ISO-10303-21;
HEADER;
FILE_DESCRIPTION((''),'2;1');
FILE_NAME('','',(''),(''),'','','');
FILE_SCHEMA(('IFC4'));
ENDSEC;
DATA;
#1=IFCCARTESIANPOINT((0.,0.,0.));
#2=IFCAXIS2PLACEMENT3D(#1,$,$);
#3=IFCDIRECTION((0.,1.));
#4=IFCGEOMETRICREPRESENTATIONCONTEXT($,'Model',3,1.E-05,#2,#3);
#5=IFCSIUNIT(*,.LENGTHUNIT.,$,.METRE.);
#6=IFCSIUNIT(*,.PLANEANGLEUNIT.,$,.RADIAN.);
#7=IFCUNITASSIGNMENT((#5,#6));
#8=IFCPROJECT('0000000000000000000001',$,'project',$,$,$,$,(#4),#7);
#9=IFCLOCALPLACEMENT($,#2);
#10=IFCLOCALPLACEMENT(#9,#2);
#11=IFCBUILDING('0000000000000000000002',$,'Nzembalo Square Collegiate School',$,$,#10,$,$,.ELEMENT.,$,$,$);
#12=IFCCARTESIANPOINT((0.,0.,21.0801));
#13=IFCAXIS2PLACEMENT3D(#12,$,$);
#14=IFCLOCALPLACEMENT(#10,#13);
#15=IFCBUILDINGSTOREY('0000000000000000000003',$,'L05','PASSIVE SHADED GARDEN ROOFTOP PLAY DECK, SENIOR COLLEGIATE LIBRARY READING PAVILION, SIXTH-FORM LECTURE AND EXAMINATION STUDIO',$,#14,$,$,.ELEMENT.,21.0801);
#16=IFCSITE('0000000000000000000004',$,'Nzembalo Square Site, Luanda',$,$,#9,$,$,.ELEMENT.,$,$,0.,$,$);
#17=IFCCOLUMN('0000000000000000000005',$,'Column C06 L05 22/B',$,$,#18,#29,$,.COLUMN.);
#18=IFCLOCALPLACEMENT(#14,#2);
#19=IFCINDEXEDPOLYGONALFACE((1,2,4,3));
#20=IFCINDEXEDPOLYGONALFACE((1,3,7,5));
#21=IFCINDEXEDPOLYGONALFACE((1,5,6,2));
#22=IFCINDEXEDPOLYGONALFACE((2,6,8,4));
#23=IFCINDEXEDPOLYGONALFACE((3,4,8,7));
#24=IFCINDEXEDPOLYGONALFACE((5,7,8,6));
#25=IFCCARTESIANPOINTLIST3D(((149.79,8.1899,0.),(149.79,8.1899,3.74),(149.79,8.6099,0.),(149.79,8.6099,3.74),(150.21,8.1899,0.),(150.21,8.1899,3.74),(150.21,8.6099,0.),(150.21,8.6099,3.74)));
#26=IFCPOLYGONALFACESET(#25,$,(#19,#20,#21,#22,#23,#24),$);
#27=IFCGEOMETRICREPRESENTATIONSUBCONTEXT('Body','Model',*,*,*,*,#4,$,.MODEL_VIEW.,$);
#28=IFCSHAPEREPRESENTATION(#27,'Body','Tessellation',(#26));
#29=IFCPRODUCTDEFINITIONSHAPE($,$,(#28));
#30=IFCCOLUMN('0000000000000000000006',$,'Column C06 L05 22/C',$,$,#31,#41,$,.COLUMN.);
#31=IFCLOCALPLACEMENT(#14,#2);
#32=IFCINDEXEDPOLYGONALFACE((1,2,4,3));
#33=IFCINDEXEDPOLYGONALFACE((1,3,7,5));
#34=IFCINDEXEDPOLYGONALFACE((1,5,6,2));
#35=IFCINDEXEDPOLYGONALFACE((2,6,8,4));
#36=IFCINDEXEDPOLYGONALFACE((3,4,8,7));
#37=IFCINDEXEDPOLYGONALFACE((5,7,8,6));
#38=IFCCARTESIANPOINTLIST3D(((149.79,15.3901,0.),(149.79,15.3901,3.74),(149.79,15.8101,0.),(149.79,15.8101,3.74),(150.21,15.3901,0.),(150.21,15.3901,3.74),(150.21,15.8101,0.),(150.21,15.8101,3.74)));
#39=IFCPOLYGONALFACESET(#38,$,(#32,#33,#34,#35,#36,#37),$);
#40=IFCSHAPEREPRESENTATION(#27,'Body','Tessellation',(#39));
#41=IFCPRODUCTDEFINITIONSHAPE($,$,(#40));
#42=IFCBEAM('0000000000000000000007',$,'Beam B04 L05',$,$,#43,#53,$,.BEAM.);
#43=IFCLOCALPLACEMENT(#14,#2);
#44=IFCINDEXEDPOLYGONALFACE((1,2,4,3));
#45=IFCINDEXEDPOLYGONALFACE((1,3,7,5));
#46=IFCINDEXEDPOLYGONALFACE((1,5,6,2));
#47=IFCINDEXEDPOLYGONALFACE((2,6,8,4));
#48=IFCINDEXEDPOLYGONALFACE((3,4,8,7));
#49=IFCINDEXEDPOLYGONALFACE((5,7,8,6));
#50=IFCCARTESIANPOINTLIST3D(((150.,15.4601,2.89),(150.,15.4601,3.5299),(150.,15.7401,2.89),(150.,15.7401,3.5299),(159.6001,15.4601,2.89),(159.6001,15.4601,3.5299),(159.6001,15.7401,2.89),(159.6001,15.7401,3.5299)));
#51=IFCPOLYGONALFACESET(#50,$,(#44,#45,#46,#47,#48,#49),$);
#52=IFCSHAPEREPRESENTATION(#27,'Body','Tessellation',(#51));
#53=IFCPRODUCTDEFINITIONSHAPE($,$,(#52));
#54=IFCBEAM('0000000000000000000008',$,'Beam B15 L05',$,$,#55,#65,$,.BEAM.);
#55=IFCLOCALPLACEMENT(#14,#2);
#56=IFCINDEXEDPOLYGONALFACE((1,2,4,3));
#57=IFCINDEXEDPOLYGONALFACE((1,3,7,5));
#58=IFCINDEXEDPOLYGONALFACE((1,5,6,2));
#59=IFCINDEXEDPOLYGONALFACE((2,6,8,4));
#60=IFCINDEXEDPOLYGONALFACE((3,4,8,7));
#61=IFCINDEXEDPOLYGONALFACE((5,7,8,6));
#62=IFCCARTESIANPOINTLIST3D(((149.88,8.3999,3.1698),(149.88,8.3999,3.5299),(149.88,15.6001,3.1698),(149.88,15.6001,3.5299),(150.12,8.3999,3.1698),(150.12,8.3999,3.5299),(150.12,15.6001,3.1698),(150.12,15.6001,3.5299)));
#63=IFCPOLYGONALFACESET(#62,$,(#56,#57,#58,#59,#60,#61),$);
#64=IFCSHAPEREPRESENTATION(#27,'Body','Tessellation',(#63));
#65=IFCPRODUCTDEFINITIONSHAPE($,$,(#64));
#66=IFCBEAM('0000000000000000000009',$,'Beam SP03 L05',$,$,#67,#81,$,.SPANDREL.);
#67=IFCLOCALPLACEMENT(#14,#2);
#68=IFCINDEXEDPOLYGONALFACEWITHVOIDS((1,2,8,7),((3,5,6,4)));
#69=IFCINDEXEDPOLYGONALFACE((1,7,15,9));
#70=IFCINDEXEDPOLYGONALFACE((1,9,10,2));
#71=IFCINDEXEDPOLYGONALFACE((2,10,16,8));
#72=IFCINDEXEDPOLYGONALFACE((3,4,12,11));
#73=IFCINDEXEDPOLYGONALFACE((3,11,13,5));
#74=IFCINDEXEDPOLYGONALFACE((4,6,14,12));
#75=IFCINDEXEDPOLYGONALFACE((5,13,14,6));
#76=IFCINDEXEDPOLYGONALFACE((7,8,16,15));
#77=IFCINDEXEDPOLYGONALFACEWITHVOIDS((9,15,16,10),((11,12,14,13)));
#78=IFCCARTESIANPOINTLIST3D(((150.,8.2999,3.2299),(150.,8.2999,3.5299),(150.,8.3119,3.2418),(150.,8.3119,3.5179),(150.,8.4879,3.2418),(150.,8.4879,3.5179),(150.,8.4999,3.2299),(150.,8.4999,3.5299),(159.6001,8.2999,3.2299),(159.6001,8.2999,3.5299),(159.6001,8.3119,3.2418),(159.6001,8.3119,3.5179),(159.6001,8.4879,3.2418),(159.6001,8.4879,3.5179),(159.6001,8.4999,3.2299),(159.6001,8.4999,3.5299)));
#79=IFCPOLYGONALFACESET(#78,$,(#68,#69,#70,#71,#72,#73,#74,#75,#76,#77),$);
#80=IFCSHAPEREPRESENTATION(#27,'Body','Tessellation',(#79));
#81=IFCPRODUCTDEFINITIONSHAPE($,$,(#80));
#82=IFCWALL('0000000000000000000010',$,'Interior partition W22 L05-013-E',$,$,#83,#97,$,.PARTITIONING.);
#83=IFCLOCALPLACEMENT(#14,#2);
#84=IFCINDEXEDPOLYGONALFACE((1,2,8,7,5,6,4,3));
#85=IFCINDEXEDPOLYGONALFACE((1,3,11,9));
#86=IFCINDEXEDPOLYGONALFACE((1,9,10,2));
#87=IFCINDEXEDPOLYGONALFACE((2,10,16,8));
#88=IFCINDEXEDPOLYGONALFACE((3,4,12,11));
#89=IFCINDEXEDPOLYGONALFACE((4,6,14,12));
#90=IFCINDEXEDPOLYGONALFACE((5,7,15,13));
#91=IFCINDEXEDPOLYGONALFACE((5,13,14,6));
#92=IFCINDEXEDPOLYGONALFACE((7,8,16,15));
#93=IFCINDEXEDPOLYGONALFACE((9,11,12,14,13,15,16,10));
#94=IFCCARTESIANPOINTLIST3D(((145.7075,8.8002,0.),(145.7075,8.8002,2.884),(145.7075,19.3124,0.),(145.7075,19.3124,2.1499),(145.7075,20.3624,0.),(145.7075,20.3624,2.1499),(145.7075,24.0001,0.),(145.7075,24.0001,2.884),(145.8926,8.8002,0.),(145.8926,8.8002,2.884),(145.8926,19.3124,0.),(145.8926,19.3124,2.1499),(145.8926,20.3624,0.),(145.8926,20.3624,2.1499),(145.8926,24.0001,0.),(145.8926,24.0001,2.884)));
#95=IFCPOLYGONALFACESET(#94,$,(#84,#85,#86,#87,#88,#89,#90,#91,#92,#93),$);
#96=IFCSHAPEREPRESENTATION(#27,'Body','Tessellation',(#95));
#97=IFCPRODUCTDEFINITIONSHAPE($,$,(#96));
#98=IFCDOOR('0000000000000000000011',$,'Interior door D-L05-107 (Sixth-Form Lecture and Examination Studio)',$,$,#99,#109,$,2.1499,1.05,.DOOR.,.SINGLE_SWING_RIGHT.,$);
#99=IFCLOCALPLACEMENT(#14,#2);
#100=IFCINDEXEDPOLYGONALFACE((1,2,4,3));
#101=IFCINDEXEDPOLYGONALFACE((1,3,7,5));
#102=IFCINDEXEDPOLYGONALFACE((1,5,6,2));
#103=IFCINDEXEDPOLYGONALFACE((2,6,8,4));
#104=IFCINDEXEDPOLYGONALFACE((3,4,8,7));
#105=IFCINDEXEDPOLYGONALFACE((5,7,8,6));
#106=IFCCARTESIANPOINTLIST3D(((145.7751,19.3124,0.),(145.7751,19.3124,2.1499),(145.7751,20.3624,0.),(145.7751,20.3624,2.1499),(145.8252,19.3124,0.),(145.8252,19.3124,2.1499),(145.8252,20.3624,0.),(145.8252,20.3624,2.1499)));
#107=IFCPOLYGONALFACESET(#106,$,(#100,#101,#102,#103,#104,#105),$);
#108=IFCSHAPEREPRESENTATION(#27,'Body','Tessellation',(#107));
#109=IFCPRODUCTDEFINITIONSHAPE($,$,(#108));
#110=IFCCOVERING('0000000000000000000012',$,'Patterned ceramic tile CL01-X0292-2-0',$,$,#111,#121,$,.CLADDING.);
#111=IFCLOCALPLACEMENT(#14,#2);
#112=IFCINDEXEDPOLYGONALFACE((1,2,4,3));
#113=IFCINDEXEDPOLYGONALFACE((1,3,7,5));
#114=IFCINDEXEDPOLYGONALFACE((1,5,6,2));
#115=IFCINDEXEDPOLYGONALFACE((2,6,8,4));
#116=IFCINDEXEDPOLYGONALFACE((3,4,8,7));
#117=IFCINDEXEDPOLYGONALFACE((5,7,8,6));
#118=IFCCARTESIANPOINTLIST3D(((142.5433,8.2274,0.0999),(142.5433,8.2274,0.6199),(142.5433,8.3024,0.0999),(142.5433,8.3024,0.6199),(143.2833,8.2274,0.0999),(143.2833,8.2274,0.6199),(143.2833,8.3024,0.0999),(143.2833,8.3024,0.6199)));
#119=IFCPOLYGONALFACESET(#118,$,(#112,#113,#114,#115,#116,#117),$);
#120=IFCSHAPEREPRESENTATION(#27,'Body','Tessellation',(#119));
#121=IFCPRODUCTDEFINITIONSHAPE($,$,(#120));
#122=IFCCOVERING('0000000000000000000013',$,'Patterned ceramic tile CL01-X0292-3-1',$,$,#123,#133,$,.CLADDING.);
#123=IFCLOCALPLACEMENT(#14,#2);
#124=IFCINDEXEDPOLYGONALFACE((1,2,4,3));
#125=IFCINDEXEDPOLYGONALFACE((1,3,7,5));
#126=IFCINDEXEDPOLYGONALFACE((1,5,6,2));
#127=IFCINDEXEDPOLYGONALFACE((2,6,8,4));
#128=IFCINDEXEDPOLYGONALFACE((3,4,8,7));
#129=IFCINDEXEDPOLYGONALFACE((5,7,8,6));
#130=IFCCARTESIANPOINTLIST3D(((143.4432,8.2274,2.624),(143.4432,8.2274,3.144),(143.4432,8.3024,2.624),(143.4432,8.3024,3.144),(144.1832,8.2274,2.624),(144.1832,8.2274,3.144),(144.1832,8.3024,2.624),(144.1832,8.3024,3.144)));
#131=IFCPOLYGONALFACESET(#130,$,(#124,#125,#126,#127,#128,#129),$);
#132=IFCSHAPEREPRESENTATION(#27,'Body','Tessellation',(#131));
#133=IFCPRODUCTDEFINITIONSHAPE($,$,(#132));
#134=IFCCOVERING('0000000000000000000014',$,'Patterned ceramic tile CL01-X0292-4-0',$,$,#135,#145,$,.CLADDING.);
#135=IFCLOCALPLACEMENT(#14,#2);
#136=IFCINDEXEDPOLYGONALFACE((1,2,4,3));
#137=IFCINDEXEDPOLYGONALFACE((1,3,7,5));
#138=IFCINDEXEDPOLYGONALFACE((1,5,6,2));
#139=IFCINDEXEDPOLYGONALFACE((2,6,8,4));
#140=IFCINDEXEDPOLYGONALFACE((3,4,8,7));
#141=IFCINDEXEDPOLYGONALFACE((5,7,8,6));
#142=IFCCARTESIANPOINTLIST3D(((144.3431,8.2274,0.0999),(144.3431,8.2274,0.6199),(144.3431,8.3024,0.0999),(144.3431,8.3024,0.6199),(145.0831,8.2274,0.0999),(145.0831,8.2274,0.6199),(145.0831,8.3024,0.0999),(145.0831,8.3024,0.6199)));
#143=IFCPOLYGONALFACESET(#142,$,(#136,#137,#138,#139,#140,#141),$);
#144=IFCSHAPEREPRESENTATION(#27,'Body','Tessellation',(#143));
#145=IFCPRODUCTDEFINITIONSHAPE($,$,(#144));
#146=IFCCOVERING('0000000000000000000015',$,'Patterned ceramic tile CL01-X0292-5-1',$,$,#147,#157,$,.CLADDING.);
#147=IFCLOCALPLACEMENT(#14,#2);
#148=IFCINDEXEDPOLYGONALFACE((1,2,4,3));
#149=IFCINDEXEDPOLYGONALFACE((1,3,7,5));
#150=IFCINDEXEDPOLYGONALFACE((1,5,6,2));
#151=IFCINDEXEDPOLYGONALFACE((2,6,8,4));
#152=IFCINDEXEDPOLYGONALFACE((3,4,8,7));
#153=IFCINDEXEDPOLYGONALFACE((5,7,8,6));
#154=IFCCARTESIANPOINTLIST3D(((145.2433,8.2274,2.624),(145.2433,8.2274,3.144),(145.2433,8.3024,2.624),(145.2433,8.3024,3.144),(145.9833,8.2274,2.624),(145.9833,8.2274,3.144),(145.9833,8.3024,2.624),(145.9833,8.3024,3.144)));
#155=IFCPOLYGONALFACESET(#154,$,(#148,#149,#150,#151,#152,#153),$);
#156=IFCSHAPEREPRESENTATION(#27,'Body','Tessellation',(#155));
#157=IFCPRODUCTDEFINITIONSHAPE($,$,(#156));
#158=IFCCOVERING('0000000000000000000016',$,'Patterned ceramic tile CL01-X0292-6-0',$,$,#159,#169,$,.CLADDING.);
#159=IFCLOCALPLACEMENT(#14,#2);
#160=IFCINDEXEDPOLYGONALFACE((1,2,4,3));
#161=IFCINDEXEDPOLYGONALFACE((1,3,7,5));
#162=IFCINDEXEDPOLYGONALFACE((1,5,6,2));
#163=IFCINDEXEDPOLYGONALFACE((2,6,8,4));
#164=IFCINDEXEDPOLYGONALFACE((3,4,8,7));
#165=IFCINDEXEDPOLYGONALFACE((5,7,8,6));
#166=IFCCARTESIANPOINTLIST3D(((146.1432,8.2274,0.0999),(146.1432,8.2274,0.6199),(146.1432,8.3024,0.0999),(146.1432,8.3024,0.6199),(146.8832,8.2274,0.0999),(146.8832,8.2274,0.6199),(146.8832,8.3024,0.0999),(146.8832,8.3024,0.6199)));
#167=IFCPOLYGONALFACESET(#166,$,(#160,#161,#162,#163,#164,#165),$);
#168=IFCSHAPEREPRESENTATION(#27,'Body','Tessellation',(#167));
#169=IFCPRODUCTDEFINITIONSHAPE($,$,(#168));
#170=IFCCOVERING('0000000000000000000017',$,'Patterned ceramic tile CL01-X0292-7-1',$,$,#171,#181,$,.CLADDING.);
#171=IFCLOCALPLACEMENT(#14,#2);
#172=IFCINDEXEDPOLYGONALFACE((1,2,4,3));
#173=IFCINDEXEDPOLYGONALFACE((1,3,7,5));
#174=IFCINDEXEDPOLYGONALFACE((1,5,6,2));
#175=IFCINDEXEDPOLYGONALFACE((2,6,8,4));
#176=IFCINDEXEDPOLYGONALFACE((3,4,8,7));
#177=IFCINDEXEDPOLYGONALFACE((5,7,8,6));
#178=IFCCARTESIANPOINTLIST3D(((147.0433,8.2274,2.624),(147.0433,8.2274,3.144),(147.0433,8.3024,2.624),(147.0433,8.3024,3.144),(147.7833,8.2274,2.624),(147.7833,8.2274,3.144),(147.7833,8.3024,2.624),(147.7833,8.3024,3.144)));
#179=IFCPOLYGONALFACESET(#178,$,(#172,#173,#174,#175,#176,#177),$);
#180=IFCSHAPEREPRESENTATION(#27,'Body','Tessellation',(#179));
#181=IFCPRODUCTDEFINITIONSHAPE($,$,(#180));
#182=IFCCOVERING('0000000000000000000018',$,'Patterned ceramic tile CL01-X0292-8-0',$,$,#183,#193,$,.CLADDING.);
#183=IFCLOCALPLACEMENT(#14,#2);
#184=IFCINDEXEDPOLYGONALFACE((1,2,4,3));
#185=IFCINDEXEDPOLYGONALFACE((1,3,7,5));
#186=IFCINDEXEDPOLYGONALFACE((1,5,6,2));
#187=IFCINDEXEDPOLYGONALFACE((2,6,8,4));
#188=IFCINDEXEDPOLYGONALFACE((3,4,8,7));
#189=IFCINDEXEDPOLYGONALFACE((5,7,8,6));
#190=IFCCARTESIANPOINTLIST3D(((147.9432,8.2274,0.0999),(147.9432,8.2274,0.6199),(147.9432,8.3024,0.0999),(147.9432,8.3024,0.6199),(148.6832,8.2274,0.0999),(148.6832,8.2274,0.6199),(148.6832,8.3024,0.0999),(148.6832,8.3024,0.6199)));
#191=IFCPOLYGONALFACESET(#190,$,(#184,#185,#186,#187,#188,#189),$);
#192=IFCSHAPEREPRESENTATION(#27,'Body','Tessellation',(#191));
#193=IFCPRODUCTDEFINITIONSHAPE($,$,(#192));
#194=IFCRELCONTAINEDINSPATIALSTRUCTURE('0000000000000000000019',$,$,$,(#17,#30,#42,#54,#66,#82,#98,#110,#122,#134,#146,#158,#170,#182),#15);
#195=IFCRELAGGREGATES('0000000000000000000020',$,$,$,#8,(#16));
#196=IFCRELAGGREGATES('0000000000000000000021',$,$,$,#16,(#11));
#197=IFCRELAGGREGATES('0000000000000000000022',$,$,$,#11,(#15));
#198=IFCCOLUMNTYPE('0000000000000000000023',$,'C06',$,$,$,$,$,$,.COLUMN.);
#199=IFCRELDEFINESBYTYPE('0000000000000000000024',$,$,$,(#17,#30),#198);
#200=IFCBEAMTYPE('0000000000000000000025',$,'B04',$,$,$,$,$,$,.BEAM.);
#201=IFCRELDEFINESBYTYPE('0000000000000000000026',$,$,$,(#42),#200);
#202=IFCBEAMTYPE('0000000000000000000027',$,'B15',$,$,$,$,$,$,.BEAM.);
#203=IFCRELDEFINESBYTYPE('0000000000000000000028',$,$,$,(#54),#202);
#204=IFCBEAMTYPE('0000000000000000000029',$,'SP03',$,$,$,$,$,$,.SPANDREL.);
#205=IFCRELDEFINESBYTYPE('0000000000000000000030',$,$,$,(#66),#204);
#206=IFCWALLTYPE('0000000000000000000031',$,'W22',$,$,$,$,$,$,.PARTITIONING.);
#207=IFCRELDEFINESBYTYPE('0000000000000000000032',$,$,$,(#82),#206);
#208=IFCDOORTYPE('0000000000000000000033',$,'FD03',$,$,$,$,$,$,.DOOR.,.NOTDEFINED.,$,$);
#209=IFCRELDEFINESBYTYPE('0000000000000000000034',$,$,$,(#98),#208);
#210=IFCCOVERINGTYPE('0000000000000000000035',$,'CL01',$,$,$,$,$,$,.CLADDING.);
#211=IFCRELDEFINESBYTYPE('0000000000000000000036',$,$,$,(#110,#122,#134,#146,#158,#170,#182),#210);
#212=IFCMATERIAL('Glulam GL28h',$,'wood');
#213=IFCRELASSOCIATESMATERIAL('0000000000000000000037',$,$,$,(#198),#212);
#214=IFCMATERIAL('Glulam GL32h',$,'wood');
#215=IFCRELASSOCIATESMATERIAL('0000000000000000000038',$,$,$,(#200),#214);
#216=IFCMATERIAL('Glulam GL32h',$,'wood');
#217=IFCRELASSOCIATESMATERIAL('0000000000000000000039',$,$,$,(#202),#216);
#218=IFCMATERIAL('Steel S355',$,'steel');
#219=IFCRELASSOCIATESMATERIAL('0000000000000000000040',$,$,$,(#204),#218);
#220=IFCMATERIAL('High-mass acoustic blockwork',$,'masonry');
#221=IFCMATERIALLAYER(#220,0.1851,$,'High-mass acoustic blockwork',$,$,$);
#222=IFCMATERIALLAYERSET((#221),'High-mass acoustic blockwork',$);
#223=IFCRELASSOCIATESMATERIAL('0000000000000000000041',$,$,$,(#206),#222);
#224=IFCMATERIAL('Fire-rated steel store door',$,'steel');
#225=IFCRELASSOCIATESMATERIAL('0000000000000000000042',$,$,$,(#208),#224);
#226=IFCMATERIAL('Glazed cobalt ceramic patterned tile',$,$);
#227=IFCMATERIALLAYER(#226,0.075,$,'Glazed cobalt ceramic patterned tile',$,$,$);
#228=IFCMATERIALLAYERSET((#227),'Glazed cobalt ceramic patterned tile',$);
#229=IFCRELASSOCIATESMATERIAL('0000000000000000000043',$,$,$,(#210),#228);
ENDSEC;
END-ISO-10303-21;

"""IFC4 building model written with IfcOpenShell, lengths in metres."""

from ifc_helpers import new_model, si_unit, direction, frame, frame_2d, origin, origin_2d, place, context, subcontext, project, spatial, rectangle, hollow_rectangle, extrude, material, layer, layer_set, material_profile, profile_set, type_object, element, fill, save


model = new_model("IFC4")

# Units and contexts
model_context = context("Model", 3, precision=1e-05, world=origin(), true_north=direction((0.0, 1.0)))
body_context = subcontext(model_context, "Body", "Model", "MODEL_VIEW")
ifc_project = project(units=[si_unit("LENGTHUNIT", "METRE"), si_unit("PLANEANGLEUNIT", "RADIAN")], contexts=[model_context])

# Site, building, storey
site_placement = place(None, origin())
site = spatial("IfcSite", under=ifc_project, at=site_placement, Name="Nzembalo Square Site, Luanda", CompositionType="ELEMENT", RefElevation=0.0)
building_placement = place(site_placement, origin())
building = spatial("IfcBuilding", under=site, at=building_placement, Name="Nzembalo Square Collegiate School", CompositionType="ELEMENT")
storey_placement = place(building_placement, frame((0.0, 0.0, 21.0801)))
storey = spatial("IfcBuildingStorey", under=building, at=storey_placement, Name="L05", Description="PASSIVE SHADED GARDEN ROOFTOP PLAY DECK, SENIOR COLLEGIATE LIBRARY READING PAVILION, SIXTH-FORM LECTURE AND EXAMINATION STUDIO", CompositionType="ELEMENT", Elevation=21.0801)

# Columns
ifc_material_1 = material(Name="Glulam GL28h", Category="wood")
ifc_material_profile_1 = material_profile(ifc_material_1, rectangle(XDim=0.4199, YDim=0.4199, at=origin_2d()), Name="GL28h 420x420")
ifc_profile_set_1 = profile_set([ifc_material_profile_1], Name="Glulam GL28h")
column_type = type_object("IfcColumnType", Name="C06", PredefinedType="COLUMN", material=ifc_profile_set_1)
for number, where, z_axis, x_axis, name in (
    (1, (150.0, 8.3999, 0.0), (0.0, 0.0, 1.0), (1.0, 0.0, 0.0), "Column C06 L05 22/B"),
    (2, (150.0, 15.6001, 0.0), (0.0, 0.0, 1.0), (1.0, 0.0, 0.0), "Column C06 L05 22/C"),
):
    element("IfcColumn", number, at=place(storey_placement, frame(where, z_axis=z_axis, x_axis=x_axis)), inside=storey, type_object=column_type, Name=name, PredefinedType="COLUMN", context=body_context, shape_type="SweptSolid", body=[
        extrude(rectangle(XDim=0.4199, YDim=0.4199, at=origin_2d()), origin(), (0.0, 0.0, 1.0), 3.74),
    ])

# Beams
ifc_material_2 = material(Name="Glulam GL32h", Category="wood")
ifc_material_profile_2 = material_profile(ifc_material_2, rectangle(XDim=0.28, YDim=0.6399, at=origin_2d()), Name="GL32h 280x640")
ifc_profile_set_2 = profile_set([ifc_material_profile_2], Name="Glulam GL32h")
beam_type_1 = type_object("IfcBeamType", Name="B04", PredefinedType="BEAM", material=ifc_profile_set_2)
beam_1_placement = place(storey_placement, frame((150.0, 15.6001, 3.21), z_axis=(1.0, 0.0, 0.0), x_axis=(0.0, 1.0, 0.0)))
element("IfcBeam", 3, at=beam_1_placement, inside=storey, type_object=beam_type_1, Name="Beam B04 L05", PredefinedType="BEAM", context=body_context, shape_type="SweptSolid", body=[
    extrude(rectangle(XDim=0.28, YDim=0.6399, at=origin_2d()), origin(), (0.0, 0.0, 1.0), 9.6001),
])
ifc_material_3 = material(Name="Glulam GL32h", Category="wood")
ifc_material_profile_3 = material_profile(ifc_material_3, rectangle(XDim=0.24, YDim=0.3601, at=origin_2d()), Name="GL32h 240x360")
ifc_profile_set_3 = profile_set([ifc_material_profile_3], Name="Glulam GL32h")
beam_type_2 = type_object("IfcBeamType", Name="B15", PredefinedType="BEAM", material=ifc_profile_set_3)
beam_2_placement = place(storey_placement, frame((150.0, 8.3999, 3.3499), z_axis=(0.0, 1.0, 0.0), x_axis=(-1.0, 0.0, 0.0)))
element("IfcBeam", 4, at=beam_2_placement, inside=storey, type_object=beam_type_2, Name="Beam B15 L05", PredefinedType="BEAM", context=body_context, shape_type="SweptSolid", body=[
    extrude(rectangle(XDim=0.24, YDim=0.3601, at=origin_2d()), origin(), (0.0, 0.0, 1.0), 7.2002),
])
ifc_material_4 = material(Name="Steel S355", Category="steel")
ifc_material_profile_4 = material_profile(ifc_material_4, hollow_rectangle(XDim=0.2, YDim=0.3, WallThickness=0.012, at=origin_2d()), Name="RHS 300x200x12")
ifc_profile_set_4 = profile_set([ifc_material_profile_4], Name="Steel S355")
beam_type_3 = type_object("IfcBeamType", Name="SP03", PredefinedType="SPANDREL", material=ifc_profile_set_4)
beam_3_placement = place(storey_placement, frame((150.0, 8.3999, 3.3799), z_axis=(1.0, 0.0, 0.0), x_axis=(0.0, 1.0, 0.0)))
element("IfcBeam", 5, at=beam_3_placement, inside=storey, type_object=beam_type_3, Name="Beam SP03 L05", PredefinedType="SPANDREL", context=body_context, shape_type="SweptSolid", body=[
    extrude(hollow_rectangle(XDim=0.2, YDim=0.3, WallThickness=0.012, at=origin_2d()), origin(), (0.0, 0.0, 1.0), 9.6001),
])

# Wall, opening, door
ifc_material_5 = material(Name="High-mass acoustic blockwork", Category="masonry")
ifc_layer_1 = layer(ifc_material_5, 0.1851, Name="High-mass acoustic blockwork")
ifc_layer_set_1 = layer_set([ifc_layer_1], Name="High-mass acoustic blockwork")
wall_type = type_object("IfcWallType", Name="W22", PredefinedType="PARTITIONING", material=ifc_layer_set_1)
wall_placement = place(storey_placement, frame((145.8, 8.8, 0.0), z_axis=(0.0, 0.0, 1.0), x_axis=(0.0, 1.0, 0.0)))
wall = element("IfcWall", 6, at=wall_placement, inside=storey, type_object=wall_type, Name="Interior partition W22 L05-013-E", PredefinedType="PARTITIONING", context=body_context, shape_type="SweptSolid", body=[
    extrude(rectangle(XDim=15.2, YDim=0.1851, at=frame_2d((7.6001, 0.0))), origin(), (0.0, 0.0, 1.0), 2.884),
])
opening_placement = place(wall_placement, frame((10.5125, 0.0, 0.0)))
opening = element("IfcOpeningElement", 7, at=opening_placement, cuts=wall, PredefinedType="OPENING", context=body_context, shape_type="SweptSolid", body=[
    extrude(rectangle(XDim=1.05, YDim=2.1499, at=frame_2d((0.5249, 1.075))), frame((0.0, 0.1025, 0.0), z_axis=(0.0, -1.0, 0.0), x_axis=(1.0, 0.0, 0.0)), (0.0, 0.0, 1.0), 0.2051),
])
ifc_material_6 = material(Name="Fire-rated steel store door", Category="steel")
door_type = type_object("IfcDoorType", Name="FD03", OperationType="NOTDEFINED", PredefinedType="DOOR", material=ifc_material_6)
door_placement = place(opening_placement, origin())
door = element("IfcDoor", 8, at=door_placement, inside=storey, type_object=door_type, Name="Interior door D-L05-107 (Sixth-Form Lecture and Examination Studio)", OperationType="SINGLE_SWING_RIGHT", OverallHeight=2.1499, OverallWidth=1.05, PredefinedType="DOOR", context=body_context, shape_type="SweptSolid", body=[
    extrude(rectangle(XDim=1.05, YDim=2.1499, at=frame_2d((0.5249, 1.075))), frame((0.0, 0.0249, 0.0), z_axis=(0.0, -1.0, 0.0), x_axis=(1.0, 0.0, 0.0)), (0.0, 0.0, 1.0), 0.05),
])
fill(opening, door)

# Coverings
ifc_material_7 = material(Name="Glazed cobalt ceramic patterned tile")
ifc_layer_2 = layer(ifc_material_7, 0.075, Name="Glazed cobalt ceramic patterned tile")
ifc_layer_set_2 = layer_set([ifc_layer_2], Name="Glazed cobalt ceramic patterned tile")
covering_type_1 = type_object("IfcCoveringType", Name="CL01", PredefinedType="CLADDING", material=ifc_layer_set_2)
for number, where, z_axis, x_axis, name in (
    (9, (142.9133, 8.2649, 0.0999), (0.0, 0.0, 1.0), (1.0, 0.0, 0.0), "Patterned ceramic tile CL01-X0292-2-0"),
    (10, (143.8132, 8.2649, 2.624), (0.0, 0.0, 1.0), (1.0, 0.0, 0.0), "Patterned ceramic tile CL01-X0292-3-1"),
    (11, (144.7131, 8.2649, 0.0999), (0.0, 0.0, 1.0), (1.0, 0.0, 0.0), "Patterned ceramic tile CL01-X0292-4-0"),
    (12, (145.6133, 8.2649, 2.624), (0.0, 0.0, 1.0), (1.0, 0.0, 0.0), "Patterned ceramic tile CL01-X0292-5-1"),
    (13, (146.5132, 8.2649, 0.0999), (0.0, 0.0, 1.0), (1.0, 0.0, 0.0), "Patterned ceramic tile CL01-X0292-6-0"),
    (14, (147.4133, 8.2649, 2.624), (0.0, 0.0, 1.0), (1.0, 0.0, 0.0), "Patterned ceramic tile CL01-X0292-7-1"),
    (15, (148.3132, 8.2649, 0.0999), (0.0, 0.0, 1.0), (1.0, 0.0, 0.0), "Patterned ceramic tile CL01-X0292-8-0"),
):
    element("IfcCovering", number, at=place(storey_placement, frame(where, z_axis=z_axis, x_axis=x_axis)), inside=storey, type_object=covering_type_1, Name=name, PredefinedType="CLADDING", context=body_context, shape_type="SweptSolid", body=[
        extrude(rectangle(XDim=0.74, YDim=0.075, at=origin_2d()), origin(), (0.0, 0.0, 1.0), 0.52),
    ])

save(model, "model.ifc")
